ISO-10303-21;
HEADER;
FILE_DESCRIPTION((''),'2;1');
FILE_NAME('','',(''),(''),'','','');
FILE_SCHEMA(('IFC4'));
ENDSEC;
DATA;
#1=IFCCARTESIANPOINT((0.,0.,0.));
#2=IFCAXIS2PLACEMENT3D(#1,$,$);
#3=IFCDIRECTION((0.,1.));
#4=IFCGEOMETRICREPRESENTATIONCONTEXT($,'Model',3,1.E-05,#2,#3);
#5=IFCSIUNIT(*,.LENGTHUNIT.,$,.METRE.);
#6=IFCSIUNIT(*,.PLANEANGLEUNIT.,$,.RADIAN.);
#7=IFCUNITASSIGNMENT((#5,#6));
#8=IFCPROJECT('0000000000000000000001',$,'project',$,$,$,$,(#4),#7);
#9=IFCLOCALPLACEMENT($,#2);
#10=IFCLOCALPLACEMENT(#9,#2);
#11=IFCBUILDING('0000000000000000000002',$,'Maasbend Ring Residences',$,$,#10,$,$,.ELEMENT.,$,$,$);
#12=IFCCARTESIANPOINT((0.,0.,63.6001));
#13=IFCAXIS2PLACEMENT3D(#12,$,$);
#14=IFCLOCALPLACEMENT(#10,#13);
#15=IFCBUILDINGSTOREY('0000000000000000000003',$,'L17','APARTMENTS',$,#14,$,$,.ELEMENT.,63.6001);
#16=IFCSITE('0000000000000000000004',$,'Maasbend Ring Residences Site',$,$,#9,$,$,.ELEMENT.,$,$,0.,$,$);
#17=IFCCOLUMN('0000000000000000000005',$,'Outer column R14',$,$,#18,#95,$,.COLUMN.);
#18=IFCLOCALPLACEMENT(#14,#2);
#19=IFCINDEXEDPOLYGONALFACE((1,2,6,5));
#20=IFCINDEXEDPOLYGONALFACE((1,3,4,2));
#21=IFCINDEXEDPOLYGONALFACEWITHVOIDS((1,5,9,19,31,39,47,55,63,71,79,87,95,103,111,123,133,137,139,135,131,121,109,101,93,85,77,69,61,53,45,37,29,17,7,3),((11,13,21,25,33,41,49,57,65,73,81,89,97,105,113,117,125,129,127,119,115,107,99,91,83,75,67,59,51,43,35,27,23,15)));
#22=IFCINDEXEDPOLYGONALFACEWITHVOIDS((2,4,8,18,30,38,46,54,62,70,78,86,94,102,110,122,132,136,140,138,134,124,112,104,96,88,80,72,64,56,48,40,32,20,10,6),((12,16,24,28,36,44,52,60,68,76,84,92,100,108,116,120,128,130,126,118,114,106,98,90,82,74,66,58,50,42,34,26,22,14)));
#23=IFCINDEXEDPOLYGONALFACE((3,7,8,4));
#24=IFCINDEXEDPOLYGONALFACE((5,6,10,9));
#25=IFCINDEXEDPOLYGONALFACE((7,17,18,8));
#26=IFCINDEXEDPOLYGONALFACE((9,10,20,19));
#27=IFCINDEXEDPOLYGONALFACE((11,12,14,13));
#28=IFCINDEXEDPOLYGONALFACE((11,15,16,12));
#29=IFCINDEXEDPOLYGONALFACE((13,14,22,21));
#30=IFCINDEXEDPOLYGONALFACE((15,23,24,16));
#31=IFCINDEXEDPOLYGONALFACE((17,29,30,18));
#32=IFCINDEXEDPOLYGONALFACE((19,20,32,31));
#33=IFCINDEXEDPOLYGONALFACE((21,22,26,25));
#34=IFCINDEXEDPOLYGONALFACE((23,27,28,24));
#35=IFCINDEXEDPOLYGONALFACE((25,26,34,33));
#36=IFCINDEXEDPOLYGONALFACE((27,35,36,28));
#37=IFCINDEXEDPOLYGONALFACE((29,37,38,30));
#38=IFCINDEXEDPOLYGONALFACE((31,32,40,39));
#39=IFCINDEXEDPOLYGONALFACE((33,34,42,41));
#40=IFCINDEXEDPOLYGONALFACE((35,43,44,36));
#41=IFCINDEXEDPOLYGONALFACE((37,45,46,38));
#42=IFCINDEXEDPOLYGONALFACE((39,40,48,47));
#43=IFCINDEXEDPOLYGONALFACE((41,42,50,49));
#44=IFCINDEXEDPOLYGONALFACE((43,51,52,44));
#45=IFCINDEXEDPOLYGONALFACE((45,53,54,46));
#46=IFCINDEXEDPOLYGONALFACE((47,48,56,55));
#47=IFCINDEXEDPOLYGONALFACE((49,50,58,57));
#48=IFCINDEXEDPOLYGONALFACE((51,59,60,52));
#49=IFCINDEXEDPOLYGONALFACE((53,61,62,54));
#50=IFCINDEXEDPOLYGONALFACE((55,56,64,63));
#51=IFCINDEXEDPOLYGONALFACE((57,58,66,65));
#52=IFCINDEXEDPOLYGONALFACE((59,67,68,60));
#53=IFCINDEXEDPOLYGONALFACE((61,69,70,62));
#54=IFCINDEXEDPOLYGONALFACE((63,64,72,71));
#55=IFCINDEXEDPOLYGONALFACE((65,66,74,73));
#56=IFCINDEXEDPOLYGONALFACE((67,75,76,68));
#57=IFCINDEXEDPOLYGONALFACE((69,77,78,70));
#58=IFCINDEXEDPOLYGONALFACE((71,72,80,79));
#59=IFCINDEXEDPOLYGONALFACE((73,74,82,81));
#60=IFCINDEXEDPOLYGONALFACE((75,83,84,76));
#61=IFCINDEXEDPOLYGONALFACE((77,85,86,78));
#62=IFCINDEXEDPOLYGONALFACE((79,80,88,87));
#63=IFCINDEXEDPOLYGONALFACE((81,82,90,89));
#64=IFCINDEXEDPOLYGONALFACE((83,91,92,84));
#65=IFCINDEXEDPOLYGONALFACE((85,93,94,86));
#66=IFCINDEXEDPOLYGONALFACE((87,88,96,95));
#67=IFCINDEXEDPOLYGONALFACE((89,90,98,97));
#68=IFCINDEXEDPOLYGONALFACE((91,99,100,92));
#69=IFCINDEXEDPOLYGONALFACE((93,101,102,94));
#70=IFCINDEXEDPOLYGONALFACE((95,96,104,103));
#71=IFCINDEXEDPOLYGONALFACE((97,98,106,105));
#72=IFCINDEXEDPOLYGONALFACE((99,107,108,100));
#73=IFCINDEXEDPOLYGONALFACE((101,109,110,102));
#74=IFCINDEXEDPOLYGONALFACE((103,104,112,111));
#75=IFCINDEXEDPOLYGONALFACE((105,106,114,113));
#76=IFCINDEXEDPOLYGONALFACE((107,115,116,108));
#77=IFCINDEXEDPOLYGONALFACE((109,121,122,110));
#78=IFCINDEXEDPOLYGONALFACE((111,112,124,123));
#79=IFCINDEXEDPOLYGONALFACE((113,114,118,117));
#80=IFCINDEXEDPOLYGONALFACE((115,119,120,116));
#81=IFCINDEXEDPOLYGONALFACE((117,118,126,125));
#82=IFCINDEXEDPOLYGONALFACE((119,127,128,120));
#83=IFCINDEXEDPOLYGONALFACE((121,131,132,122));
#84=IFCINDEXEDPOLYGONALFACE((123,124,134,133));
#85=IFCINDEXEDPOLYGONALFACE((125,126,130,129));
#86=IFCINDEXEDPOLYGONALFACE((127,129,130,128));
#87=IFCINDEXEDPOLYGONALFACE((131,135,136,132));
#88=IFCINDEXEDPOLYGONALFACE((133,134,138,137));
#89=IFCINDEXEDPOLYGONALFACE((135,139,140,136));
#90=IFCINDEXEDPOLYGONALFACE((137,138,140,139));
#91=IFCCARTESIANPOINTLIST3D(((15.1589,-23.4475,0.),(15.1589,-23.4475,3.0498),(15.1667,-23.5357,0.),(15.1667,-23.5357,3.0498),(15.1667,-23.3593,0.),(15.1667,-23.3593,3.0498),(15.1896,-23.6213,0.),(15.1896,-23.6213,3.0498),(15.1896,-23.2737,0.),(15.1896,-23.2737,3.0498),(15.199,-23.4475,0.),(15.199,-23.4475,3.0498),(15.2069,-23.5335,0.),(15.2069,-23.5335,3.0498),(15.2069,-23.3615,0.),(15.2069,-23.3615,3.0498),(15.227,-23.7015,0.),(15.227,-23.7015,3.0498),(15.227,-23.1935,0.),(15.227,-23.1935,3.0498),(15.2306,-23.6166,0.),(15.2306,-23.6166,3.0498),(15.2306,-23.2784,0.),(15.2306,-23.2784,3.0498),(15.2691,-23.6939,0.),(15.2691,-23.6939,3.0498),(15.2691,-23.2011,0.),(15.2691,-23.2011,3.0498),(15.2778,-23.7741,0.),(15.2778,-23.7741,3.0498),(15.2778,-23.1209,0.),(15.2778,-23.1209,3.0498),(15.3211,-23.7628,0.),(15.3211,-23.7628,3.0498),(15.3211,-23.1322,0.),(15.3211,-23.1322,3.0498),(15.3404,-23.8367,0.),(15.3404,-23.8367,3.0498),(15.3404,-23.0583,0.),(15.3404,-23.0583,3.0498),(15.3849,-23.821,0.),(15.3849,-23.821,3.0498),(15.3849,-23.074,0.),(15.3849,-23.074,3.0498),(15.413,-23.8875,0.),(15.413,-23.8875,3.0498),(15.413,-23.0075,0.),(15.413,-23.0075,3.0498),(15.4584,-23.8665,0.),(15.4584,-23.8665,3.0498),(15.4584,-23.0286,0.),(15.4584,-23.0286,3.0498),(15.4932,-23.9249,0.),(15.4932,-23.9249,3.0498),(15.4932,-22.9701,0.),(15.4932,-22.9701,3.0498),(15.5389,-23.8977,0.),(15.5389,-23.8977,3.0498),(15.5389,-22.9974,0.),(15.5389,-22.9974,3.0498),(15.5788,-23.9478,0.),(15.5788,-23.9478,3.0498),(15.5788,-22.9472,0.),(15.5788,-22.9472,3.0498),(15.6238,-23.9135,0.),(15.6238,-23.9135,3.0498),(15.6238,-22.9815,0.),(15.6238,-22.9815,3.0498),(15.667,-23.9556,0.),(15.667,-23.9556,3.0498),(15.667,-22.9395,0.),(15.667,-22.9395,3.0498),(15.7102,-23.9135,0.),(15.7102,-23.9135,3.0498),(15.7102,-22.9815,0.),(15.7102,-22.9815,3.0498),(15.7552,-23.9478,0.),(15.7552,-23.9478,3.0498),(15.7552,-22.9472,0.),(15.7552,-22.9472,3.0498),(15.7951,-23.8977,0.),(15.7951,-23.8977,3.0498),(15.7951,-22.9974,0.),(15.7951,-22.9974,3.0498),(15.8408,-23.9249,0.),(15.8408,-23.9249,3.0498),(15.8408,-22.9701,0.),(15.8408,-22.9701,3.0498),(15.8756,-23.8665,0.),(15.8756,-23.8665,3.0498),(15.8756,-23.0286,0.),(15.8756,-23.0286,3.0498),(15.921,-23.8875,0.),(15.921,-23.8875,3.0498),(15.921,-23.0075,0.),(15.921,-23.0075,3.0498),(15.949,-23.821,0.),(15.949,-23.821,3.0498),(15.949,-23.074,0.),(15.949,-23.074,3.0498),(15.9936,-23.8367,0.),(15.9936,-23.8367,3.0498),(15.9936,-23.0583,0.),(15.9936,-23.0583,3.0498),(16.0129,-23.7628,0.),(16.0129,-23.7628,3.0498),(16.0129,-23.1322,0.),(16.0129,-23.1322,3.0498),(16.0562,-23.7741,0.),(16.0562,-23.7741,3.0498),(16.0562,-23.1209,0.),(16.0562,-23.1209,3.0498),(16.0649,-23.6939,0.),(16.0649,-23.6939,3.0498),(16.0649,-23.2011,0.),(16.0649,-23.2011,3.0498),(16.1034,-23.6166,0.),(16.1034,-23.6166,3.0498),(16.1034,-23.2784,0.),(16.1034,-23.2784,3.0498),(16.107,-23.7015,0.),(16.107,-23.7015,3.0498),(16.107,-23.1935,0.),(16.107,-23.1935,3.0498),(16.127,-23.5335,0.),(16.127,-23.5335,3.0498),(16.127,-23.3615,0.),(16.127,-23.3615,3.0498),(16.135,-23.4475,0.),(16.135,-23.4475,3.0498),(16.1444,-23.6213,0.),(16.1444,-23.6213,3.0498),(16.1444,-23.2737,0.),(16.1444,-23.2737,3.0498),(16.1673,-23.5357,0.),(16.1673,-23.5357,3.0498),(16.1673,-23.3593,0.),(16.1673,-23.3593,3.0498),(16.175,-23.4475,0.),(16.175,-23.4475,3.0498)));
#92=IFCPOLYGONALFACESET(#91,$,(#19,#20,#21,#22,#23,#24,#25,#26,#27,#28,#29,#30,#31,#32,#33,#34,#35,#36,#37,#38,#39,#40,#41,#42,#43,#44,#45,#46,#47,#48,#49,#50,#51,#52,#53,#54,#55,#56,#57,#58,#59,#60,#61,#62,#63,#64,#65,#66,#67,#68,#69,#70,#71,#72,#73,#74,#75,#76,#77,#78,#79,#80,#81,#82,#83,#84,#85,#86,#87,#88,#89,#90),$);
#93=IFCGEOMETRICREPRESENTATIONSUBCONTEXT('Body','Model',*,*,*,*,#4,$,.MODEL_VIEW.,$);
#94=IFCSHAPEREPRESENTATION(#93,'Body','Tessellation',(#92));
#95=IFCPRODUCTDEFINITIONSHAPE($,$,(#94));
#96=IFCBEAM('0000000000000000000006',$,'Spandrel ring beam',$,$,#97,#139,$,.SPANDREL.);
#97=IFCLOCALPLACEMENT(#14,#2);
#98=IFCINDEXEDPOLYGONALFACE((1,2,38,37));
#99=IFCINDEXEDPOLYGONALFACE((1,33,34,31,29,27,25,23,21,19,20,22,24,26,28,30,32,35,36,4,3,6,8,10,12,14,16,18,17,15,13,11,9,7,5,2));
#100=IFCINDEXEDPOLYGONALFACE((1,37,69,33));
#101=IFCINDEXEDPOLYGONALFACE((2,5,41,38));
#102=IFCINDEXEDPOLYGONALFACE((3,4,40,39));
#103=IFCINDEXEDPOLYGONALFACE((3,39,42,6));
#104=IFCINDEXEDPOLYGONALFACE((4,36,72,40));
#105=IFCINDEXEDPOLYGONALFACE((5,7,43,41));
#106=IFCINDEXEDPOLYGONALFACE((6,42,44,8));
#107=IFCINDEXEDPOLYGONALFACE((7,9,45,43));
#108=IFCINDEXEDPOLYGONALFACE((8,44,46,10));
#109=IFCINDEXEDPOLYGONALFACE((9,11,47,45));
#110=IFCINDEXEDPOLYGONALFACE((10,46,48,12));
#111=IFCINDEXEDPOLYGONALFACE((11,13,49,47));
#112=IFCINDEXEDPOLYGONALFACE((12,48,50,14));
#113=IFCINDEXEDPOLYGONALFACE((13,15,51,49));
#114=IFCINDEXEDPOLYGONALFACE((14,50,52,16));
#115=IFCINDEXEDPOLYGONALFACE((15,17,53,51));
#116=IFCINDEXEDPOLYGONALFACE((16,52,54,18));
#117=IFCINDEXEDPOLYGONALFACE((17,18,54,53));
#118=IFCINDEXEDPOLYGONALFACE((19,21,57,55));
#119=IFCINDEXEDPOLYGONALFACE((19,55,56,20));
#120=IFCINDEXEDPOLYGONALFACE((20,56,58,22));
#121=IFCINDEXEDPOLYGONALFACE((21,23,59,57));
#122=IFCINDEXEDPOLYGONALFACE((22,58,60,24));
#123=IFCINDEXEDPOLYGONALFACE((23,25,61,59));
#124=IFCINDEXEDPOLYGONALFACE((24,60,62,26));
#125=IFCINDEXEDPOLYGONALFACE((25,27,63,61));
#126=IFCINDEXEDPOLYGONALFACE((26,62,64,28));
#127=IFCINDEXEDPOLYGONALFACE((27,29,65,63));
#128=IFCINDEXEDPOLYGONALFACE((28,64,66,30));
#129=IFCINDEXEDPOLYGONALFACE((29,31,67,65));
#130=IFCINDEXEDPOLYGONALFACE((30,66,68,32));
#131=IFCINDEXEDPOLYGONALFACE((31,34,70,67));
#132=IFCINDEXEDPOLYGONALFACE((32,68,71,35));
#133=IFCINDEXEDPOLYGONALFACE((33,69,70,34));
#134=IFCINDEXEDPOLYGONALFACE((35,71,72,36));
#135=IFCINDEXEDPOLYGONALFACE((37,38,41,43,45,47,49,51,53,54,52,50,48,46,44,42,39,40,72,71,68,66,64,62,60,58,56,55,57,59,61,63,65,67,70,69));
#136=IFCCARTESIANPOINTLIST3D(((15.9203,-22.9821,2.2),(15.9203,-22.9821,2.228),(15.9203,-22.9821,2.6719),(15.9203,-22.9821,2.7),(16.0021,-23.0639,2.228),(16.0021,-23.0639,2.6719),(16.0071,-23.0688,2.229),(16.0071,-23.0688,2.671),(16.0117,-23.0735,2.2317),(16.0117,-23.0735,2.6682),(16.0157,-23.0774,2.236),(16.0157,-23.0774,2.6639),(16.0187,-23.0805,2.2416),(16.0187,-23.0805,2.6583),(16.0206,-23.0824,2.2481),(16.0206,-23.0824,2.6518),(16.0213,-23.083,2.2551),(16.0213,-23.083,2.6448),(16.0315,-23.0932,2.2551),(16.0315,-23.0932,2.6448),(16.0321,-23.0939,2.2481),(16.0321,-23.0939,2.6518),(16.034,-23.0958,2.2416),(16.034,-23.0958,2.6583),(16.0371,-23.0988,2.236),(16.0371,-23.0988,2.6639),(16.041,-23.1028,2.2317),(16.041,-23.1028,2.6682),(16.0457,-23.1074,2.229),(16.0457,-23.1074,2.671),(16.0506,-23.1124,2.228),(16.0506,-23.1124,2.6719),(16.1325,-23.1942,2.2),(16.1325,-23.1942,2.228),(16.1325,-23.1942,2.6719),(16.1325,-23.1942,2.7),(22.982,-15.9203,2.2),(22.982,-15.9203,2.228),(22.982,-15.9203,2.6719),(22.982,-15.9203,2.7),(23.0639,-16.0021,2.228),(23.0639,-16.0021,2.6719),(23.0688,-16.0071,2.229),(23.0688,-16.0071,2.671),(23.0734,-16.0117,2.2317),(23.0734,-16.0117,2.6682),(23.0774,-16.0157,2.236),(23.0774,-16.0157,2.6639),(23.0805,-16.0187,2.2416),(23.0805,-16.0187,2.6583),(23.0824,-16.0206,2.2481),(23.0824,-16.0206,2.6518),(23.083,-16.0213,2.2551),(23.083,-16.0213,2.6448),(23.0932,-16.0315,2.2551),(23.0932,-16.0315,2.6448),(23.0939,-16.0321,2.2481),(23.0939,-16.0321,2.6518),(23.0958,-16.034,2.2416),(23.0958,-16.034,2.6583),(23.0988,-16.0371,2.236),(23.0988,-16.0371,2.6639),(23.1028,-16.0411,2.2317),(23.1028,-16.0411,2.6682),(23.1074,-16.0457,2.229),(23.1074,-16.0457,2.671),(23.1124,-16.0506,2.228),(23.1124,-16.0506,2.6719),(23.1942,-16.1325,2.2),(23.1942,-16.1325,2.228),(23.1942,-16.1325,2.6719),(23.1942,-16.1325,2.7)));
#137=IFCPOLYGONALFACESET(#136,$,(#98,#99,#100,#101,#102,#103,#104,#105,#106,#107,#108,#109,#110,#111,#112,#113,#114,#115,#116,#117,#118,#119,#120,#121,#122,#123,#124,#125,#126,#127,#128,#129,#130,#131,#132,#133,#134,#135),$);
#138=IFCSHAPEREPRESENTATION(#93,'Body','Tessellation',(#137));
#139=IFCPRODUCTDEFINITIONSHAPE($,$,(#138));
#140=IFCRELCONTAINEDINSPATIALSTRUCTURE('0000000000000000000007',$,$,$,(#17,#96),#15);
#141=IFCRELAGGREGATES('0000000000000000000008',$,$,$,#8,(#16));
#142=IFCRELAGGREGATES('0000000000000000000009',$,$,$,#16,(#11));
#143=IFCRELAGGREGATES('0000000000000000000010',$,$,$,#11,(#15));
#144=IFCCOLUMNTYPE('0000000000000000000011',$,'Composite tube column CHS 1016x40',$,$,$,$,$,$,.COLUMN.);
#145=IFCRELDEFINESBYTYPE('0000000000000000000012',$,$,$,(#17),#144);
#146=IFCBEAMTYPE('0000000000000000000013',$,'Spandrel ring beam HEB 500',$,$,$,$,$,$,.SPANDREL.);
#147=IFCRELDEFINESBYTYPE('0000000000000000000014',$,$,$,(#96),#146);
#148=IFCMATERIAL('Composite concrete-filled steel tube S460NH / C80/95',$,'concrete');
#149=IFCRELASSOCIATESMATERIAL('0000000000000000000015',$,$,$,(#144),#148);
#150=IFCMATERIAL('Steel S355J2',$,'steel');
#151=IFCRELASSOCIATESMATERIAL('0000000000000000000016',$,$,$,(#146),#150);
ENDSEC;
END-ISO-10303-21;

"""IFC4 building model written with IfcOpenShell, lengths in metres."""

from ifc_helpers import new_model, si_unit, direction, frame, origin, origin_2d, place, context, subcontext, project, spatial, hollow_circle, i_section, extrude, material, material_profile, profile_set, type_object, element, save


model = new_model("IFC4")

# Units and contexts
model_context = context("Model", 3, precision=1e-05, world=origin(), true_north=direction((0.0, 1.0)))
body_context = subcontext(model_context, "Body", "Model", "MODEL_VIEW")
ifc_project = project(units=[si_unit("LENGTHUNIT", "METRE"), si_unit("PLANEANGLEUNIT", "RADIAN")], contexts=[model_context])

# Site, building, storey
site_placement = place(None, origin())
site = spatial("IfcSite", under=ifc_project, at=site_placement, Name="Maasbend Ring Residences Site", CompositionType="ELEMENT", RefElevation=0.0)
building_placement = place(site_placement, origin())
building = spatial("IfcBuilding", under=site, at=building_placement, Name="Maasbend Ring Residences", CompositionType="ELEMENT")
storey_placement = place(building_placement, frame((0.0, 0.0, 63.6001)))
storey = spatial("IfcBuildingStorey", under=building, at=storey_placement, Name="L17", Description="APARTMENTS", CompositionType="ELEMENT", Elevation=63.6001)

# Column
ifc_material_1 = material(Name="Composite concrete-filled steel tube S460NH / C80/95", Category="concrete")
ifc_material_profile_1 = material_profile(ifc_material_1, hollow_circle(Radius=0.5081, WallThickness=0.04, at=origin_2d()), Name="Composite tube column CHS 1016x40")
ifc_profile_set_1 = profile_set([ifc_material_profile_1], Name="Composite concrete-filled steel tube S460NH / C80/95")
column_type = type_object("IfcColumnType", Name="Composite tube column CHS 1016x40", PredefinedType="COLUMN", material=ifc_profile_set_1)
column_placement = place(storey_placement, frame((15.667, -23.4475, 0.0), z_axis=(0.0, 0.0, 1.0), x_axis=(1.0, 0.0, 0.0)))
element("IfcColumn", 1, at=column_placement, inside=storey, type_object=column_type, Name="Outer column R14", PredefinedType="COLUMN", context=body_context, shape_type="SweptSolid", body=[
    extrude(hollow_circle(Radius=0.5081, WallThickness=0.04, at=origin_2d()), origin(), (0.0, 0.0, 1.0), 3.0498),
])

# Beam
ifc_material_2 = material(Name="Steel S355J2", Category="steel")
ifc_material_profile_2 = material_profile(ifc_material_2, i_section(OverallWidth=0.3, OverallDepth=0.5, WebThickness=0.0144, FlangeThickness=0.0281, FilletRadius=0.0271, at=origin_2d()), Name="HEB 500")
ifc_profile_set_2 = profile_set([ifc_material_profile_2], Name="Steel S355J2")
beam_type = type_object("IfcBeamType", Name="Spandrel ring beam HEB 500", PredefinedType="SPANDREL", material=ifc_profile_set_2)
beam_placement = place(storey_placement, frame((16.0264, -23.0881, 2.45), z_axis=(0.707107, 0.707107, 0.0), x_axis=(-0.707107, 0.707107, 0.0)))
element("IfcBeam", 2, at=beam_placement, inside=storey, type_object=beam_type, Name="Spandrel ring beam", PredefinedType="SPANDREL", context=body_context, shape_type="SweptSolid", body=[
    extrude(i_section(OverallWidth=0.3, OverallDepth=0.5, WebThickness=0.0144, FlangeThickness=0.0281, FilletRadius=0.0271, at=origin_2d()), origin(), (0.0, 0.0, 1.0), 9.9868),
])

save(model, "model.ifc")
